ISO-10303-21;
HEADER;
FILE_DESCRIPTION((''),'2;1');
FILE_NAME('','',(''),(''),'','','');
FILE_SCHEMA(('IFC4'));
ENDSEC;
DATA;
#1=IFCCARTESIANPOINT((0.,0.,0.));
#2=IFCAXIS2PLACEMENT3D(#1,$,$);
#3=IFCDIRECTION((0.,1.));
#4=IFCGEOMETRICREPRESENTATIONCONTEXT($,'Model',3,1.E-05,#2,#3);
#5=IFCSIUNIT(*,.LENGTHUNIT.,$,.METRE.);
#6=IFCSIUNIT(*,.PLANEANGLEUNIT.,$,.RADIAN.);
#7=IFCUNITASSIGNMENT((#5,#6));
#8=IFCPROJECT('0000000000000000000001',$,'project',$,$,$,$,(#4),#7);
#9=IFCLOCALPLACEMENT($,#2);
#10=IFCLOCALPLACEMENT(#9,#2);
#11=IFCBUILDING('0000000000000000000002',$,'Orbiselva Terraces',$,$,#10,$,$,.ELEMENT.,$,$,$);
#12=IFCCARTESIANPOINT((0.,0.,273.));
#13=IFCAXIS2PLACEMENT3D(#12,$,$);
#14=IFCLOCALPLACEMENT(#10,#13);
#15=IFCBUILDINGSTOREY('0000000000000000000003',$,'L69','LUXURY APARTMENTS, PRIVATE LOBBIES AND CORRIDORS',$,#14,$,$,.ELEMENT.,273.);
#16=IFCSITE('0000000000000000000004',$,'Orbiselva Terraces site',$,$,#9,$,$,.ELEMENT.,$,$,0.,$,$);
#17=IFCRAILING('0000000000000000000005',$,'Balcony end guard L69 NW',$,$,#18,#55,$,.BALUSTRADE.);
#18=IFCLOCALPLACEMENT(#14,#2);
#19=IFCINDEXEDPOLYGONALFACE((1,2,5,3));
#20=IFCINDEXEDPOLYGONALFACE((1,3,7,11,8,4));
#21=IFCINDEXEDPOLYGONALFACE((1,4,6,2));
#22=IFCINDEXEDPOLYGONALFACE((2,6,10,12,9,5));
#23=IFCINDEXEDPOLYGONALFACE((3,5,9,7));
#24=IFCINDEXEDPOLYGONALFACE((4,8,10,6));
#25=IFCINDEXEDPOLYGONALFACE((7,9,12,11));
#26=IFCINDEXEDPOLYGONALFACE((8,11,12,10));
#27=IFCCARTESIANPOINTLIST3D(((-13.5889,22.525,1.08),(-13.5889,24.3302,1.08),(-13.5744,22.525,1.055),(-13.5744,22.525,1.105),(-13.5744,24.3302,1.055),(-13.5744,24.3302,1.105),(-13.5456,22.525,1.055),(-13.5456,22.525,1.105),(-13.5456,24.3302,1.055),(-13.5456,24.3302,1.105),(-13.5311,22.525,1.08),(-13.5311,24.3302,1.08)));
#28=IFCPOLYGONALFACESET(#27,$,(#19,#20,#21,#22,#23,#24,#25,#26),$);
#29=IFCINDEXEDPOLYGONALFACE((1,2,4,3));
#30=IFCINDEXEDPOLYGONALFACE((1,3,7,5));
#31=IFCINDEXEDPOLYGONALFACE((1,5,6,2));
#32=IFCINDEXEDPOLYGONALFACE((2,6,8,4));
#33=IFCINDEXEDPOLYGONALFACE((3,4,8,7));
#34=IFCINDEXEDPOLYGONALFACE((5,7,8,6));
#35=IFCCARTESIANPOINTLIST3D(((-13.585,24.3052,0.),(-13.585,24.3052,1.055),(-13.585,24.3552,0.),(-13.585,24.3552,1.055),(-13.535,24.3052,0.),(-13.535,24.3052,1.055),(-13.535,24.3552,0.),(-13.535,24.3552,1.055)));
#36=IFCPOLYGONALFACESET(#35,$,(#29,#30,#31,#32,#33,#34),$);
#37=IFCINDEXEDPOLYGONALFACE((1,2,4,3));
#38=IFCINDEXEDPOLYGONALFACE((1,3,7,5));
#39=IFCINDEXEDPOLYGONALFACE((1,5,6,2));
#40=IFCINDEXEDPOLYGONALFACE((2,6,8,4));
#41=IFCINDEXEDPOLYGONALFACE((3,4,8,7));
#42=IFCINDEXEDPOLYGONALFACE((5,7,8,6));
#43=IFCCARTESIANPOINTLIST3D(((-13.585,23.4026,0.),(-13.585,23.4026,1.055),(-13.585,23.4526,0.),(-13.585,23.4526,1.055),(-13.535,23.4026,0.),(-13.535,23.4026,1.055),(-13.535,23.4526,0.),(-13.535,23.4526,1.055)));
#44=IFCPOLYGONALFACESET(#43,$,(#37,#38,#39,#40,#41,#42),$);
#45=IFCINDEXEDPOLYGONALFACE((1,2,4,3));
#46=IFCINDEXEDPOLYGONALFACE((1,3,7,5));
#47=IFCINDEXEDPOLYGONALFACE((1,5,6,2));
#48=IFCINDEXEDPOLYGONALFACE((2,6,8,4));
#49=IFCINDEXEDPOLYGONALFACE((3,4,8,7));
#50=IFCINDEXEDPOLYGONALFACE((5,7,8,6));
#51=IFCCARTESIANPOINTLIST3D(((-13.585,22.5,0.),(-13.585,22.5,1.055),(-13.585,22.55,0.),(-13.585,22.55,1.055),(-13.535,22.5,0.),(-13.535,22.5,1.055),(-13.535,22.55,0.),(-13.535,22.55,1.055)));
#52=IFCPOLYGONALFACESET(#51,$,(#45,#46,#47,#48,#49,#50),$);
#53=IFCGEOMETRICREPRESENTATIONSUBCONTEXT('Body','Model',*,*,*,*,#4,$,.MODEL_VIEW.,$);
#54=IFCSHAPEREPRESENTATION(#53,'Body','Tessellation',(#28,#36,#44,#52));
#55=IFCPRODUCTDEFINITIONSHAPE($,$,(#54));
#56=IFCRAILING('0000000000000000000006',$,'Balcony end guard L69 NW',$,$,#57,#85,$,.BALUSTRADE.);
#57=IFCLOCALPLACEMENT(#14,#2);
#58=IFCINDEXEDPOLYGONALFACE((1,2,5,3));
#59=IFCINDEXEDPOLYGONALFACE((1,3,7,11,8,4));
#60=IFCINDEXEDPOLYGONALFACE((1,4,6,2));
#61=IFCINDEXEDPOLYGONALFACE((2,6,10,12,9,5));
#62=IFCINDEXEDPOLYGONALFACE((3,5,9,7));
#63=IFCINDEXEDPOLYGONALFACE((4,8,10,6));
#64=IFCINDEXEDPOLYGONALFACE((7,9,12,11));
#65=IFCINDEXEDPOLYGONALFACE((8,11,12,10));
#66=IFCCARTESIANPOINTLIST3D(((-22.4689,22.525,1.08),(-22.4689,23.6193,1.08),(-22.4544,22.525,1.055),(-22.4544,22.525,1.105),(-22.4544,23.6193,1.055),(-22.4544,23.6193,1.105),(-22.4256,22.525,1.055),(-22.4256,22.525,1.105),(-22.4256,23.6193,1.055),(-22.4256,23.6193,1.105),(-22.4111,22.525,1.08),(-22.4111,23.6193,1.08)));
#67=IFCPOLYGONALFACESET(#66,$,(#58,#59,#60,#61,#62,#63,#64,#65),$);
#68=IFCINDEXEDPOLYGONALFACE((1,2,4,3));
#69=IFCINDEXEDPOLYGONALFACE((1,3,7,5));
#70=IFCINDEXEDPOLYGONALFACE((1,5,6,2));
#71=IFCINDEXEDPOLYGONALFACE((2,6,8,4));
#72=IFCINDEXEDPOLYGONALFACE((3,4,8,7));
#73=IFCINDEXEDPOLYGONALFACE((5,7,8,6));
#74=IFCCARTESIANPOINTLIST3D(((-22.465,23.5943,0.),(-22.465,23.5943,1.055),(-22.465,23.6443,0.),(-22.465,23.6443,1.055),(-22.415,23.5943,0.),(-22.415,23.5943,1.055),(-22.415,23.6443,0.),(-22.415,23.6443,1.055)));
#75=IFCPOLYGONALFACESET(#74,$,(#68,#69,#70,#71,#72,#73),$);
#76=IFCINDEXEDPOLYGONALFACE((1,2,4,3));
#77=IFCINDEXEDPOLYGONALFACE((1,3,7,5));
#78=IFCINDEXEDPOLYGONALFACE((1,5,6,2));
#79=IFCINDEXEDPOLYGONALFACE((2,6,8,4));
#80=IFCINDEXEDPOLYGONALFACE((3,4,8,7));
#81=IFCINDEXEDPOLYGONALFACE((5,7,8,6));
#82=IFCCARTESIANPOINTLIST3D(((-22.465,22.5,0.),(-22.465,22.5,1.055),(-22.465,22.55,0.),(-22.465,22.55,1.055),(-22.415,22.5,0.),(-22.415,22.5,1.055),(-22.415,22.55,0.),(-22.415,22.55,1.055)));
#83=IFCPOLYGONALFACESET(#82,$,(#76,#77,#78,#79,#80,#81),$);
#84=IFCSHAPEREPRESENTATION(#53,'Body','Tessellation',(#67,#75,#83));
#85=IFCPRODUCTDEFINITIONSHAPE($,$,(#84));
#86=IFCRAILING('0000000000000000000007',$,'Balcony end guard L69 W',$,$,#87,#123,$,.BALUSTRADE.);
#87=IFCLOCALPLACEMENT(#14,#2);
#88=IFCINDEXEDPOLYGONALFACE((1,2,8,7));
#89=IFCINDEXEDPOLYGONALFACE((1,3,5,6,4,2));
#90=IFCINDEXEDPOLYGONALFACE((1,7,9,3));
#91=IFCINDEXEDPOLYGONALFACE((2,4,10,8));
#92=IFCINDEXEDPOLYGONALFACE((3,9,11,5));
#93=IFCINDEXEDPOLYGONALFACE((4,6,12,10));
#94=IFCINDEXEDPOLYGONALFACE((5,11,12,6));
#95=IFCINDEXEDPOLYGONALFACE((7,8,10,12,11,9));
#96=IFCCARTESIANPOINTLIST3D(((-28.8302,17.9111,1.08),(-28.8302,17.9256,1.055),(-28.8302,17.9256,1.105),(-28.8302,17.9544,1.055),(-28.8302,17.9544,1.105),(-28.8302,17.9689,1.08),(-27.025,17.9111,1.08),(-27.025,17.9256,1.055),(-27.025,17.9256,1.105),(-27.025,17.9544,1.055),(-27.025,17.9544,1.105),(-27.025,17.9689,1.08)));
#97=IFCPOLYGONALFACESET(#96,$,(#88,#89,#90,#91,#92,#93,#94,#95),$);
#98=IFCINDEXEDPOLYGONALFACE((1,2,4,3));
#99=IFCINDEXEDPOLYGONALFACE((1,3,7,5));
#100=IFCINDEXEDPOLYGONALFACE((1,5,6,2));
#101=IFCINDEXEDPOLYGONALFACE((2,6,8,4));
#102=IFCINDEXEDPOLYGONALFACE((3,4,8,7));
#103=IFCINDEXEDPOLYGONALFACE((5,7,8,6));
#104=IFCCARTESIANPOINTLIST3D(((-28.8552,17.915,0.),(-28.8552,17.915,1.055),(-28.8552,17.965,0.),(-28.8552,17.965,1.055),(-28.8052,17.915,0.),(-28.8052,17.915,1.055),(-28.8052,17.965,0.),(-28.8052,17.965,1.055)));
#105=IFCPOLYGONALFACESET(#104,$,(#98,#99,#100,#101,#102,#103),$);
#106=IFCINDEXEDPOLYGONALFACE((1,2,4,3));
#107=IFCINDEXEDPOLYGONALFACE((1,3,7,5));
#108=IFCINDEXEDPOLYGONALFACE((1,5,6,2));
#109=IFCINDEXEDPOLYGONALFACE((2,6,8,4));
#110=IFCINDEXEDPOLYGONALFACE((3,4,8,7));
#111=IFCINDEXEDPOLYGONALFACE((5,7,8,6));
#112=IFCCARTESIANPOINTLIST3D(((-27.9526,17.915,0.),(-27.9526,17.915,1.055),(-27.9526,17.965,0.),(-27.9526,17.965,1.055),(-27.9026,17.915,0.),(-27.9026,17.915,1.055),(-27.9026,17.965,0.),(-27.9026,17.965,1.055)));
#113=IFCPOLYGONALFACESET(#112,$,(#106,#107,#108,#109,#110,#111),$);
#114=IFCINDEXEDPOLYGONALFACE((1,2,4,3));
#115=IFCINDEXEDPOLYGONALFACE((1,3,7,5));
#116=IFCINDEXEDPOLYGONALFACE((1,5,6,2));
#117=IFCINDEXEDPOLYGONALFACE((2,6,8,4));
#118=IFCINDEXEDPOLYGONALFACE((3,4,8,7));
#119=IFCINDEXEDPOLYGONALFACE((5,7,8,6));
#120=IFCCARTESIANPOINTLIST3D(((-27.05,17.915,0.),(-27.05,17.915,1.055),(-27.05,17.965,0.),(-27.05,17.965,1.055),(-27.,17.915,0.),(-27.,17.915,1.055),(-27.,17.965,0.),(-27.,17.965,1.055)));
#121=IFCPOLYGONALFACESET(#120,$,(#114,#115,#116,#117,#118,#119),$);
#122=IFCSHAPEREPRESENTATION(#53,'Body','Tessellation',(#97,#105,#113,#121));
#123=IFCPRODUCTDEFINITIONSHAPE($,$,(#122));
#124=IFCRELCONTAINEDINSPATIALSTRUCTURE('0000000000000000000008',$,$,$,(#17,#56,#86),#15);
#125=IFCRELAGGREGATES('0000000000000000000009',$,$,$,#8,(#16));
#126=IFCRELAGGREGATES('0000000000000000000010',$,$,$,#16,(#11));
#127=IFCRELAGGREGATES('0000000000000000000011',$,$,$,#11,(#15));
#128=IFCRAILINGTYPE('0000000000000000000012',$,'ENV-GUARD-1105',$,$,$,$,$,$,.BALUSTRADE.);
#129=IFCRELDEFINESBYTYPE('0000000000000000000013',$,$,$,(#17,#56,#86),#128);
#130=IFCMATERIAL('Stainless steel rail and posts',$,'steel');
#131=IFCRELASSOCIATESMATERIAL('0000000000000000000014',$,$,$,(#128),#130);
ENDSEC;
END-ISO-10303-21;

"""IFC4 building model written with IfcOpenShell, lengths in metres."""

from ifc_helpers import new_model, si_unit, direction, frame, origin, origin_2d, place, context, subcontext, project, spatial, polyline, rectangle, outline, extrude, material, type_object, element, save


model = new_model("IFC4")

# Units and contexts
model_context = context("Model", 3, precision=1e-05, world=origin(), true_north=direction((0.0, 1.0)))
body_context = subcontext(model_context, "Body", "Model", "MODEL_VIEW")
ifc_project = project(units=[si_unit("LENGTHUNIT", "METRE"), si_unit("PLANEANGLEUNIT", "RADIAN")], contexts=[model_context])

# Site, building, storey
site_placement = place(None, origin())
site = spatial("IfcSite", under=ifc_project, at=site_placement, Name="Orbiselva Terraces site", CompositionType="ELEMENT", RefElevation=0.0)
building_placement = place(site_placement, origin())
building = spatial("IfcBuilding", under=site, at=building_placement, Name="Orbiselva Terraces", CompositionType="ELEMENT")
storey_placement = place(building_placement, frame((0.0, 0.0, 273.0)))
storey = spatial("IfcBuildingStorey", under=building, at=storey_placement, Name="L69", Description="LUXURY APARTMENTS, PRIVATE LOBBIES AND CORRIDORS", CompositionType="ELEMENT", Elevation=273.0)

# Railings
ifc_material_1 = material(Name="Stainless steel rail and posts", Category="steel")
railing_type_1 = type_object("IfcRailingType", Name="ENV-GUARD-1105", PredefinedType="BALUSTRADE", material=ifc_material_1)
railing_1_placement = place(storey_placement, frame((-13.56, 24.3302, 0.0)))
element("IfcRailing", 1, at=railing_1_placement, inside=storey, type_object=railing_type_1, Name="Balcony end guard L69 NW", PredefinedType="BALUSTRADE", context=body_context, shape_type="SweptSolid", body=[
    extrude(outline(polyline([(0.0289, 0.0), (0.0144, 0.025), (-0.0144, 0.025), (-0.0289, 0.0), (-0.0144, -0.025), (0.0144, -0.025), (0.0289, 0.0)])), frame((0.0, 0.0, 1.08), z_axis=(0.0, -1.0, 0.0), x_axis=(1.0, 0.0, 0.0)), (0.0, 0.0, 1.0), 1.8052),
    extrude(rectangle(XDim=0.05, YDim=0.05, at=origin_2d()), origin(), (0.0, 0.0, 1.0), 1.055),
    extrude(rectangle(XDim=0.05, YDim=0.05, at=origin_2d()), frame((0.0, -0.9026, 0.0)), (0.0, 0.0, 1.0), 1.055),
    extrude(rectangle(XDim=0.05, YDim=0.05, at=origin_2d()), frame((0.0, -1.8052, 0.0)), (0.0, 0.0, 1.0), 1.055),
])
railing_2_placement = place(storey_placement, frame((-22.44, 23.6193, 0.0)))
element("IfcRailing", 2, at=railing_2_placement, inside=storey, type_object=railing_type_1, Name="Balcony end guard L69 NW", PredefinedType="BALUSTRADE", context=body_context, shape_type="SweptSolid", body=[
    extrude(outline(polyline([(0.0289, 0.0), (0.0144, 0.025), (-0.0144, 0.025), (-0.0289, 0.0), (-0.0144, -0.025), (0.0144, -0.025), (0.0289, 0.0)])), frame((0.0, 0.0, 1.08), z_axis=(0.0, -1.0, 0.0), x_axis=(1.0, 0.0, 0.0)), (0.0, 0.0, 1.0), 1.0943),
    extrude(rectangle(XDim=0.05, YDim=0.05, at=origin_2d()), origin(), (0.0, 0.0, 1.0), 1.055),
    extrude(rectangle(XDim=0.05, YDim=0.05, at=origin_2d()), frame((0.0, -1.0943, 0.0)), (0.0, 0.0, 1.0), 1.055),
])
railing_3_placement = place(storey_placement, frame((-28.8302, 17.94, 0.0)))
element("IfcRailing", 3, at=railing_3_placement, inside=storey, type_object=railing_type_1, Name="Balcony end guard L69 W", PredefinedType="BALUSTRADE", context=body_context, shape_type="SweptSolid", body=[
    extrude(outline(polyline([(0.0289, 0.0), (0.0144, 0.025), (-0.0144, 0.025), (-0.0289, 0.0), (-0.0144, -0.025), (0.0144, -0.025), (0.0289, 0.0)])), frame((0.0, 0.0, 1.08), z_axis=(1.0, 0.0, 0.0), x_axis=(0.0, 1.0, 0.0)), (0.0, 0.0, 1.0), 1.8052),
    extrude(rectangle(XDim=0.05, YDim=0.05, at=origin_2d()), origin(), (0.0, 0.0, 1.0), 1.055),
    extrude(rectangle(XDim=0.05, YDim=0.05, at=origin_2d()), frame((0.9026, 0.0, 0.0)), (0.0, 0.0, 1.0), 1.055),
    extrude(rectangle(XDim=0.05, YDim=0.05, at=origin_2d()), frame((1.8052, 0.0, 0.0)), (0.0, 0.0, 1.0), 1.055),
])

save(model, "model.ifc")
